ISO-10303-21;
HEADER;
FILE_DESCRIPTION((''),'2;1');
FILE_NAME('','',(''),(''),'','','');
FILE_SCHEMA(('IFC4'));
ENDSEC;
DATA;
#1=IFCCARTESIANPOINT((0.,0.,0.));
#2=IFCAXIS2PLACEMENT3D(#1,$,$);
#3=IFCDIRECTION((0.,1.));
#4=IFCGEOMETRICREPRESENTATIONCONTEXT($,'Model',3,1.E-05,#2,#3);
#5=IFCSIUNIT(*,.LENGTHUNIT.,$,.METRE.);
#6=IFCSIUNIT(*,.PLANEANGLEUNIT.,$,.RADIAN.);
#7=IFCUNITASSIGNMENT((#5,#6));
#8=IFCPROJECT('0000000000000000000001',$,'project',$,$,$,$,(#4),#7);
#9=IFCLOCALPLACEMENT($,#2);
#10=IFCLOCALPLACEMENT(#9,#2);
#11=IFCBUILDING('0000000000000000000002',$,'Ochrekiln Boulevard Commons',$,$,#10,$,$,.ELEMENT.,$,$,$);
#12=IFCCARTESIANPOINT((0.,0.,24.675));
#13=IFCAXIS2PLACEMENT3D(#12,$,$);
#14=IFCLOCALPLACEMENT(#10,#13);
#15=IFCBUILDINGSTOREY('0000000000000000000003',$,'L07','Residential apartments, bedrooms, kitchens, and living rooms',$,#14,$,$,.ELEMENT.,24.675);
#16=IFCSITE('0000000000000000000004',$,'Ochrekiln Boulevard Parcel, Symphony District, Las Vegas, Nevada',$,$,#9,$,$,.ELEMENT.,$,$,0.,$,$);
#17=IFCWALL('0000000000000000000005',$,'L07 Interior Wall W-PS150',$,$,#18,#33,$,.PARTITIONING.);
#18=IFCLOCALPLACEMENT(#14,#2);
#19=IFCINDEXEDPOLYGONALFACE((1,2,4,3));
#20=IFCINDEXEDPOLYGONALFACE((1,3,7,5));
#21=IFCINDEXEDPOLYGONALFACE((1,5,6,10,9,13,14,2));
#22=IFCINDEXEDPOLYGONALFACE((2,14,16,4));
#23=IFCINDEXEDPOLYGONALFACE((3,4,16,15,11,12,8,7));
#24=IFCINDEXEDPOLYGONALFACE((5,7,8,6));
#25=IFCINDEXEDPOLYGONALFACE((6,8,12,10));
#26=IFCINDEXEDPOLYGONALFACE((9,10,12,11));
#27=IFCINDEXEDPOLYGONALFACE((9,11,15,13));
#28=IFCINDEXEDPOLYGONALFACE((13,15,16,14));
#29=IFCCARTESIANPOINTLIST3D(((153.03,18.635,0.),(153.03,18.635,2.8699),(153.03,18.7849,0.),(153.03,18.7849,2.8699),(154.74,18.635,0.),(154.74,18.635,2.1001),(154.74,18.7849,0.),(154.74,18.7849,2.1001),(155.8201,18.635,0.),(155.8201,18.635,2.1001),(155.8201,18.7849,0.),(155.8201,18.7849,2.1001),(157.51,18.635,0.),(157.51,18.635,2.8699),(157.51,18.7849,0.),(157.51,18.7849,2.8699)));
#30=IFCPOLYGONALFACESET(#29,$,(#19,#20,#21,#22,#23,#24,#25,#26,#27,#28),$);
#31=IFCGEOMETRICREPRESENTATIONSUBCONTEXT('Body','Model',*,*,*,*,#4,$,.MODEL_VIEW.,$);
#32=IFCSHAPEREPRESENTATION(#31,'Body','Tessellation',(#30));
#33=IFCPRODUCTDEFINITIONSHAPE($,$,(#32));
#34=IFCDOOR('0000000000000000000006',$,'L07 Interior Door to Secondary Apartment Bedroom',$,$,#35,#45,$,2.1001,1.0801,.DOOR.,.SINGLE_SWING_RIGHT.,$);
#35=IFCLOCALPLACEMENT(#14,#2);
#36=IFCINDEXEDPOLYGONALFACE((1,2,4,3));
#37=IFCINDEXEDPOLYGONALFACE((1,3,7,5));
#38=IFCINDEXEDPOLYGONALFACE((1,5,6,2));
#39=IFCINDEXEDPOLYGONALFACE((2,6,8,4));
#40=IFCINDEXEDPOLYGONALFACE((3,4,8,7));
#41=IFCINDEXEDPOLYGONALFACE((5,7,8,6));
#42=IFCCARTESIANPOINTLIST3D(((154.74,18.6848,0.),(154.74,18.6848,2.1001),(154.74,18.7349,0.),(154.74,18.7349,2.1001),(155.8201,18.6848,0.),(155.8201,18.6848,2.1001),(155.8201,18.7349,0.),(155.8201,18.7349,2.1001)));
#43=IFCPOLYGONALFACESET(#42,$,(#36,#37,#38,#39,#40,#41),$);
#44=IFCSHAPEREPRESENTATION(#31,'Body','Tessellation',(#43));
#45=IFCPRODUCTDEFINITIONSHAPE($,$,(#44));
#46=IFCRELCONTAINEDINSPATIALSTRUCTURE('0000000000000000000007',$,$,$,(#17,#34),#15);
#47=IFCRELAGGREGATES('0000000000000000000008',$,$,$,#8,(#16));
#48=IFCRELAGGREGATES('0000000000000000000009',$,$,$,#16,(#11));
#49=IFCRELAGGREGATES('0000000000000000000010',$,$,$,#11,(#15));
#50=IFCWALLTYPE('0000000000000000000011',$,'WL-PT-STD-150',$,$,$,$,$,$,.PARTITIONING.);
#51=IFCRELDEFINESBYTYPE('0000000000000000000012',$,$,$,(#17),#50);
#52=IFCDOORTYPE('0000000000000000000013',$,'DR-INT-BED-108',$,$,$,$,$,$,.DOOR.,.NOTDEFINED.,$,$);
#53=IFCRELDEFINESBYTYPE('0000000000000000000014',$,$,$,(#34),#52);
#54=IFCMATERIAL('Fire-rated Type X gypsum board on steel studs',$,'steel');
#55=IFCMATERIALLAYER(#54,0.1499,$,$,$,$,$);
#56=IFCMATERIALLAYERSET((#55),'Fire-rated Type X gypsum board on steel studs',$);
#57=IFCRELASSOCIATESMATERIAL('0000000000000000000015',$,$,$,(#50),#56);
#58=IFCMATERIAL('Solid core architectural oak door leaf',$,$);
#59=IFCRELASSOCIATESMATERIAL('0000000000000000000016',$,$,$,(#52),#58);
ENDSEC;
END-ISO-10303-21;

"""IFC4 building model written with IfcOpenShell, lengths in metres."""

from ifc_helpers import new_model, si_unit, direction, frame, frame_2d, origin, place, context, subcontext, project, spatial, rectangle, extrude, material, layer, layer_set, type_object, element, fill, save


model = new_model("IFC4")

# Units and contexts
model_context = context("Model", 3, precision=1e-05, world=origin(), true_north=direction((0.0, 1.0)))
body_context = subcontext(model_context, "Body", "Model", "MODEL_VIEW")
ifc_project = project(units=[si_unit("LENGTHUNIT", "METRE"), si_unit("PLANEANGLEUNIT", "RADIAN")], contexts=[model_context])

# Site, building, storey
site_placement = place(None, origin())
site = spatial("IfcSite", under=ifc_project, at=site_placement, Name="Ochrekiln Boulevard Parcel, Symphony District, Las Vegas, Nevada", CompositionType="ELEMENT", RefElevation=0.0)
building_placement = place(site_placement, origin())
building = spatial("IfcBuilding", under=site, at=building_placement, Name="Ochrekiln Boulevard Commons", CompositionType="ELEMENT")
storey_placement = place(building_placement, frame((0.0, 0.0, 24.675)))
storey = spatial("IfcBuildingStorey", under=building, at=storey_placement, Name="L07", Description="Residential apartments, bedrooms, kitchens, and living rooms", CompositionType="ELEMENT", Elevation=24.675)

# Wall, opening, door
ifc_material_1 = material(Name="Fire-rated Type X gypsum board on steel studs", Category="steel")
ifc_layer_1 = layer(ifc_material_1, 0.1499)
ifc_layer_set_1 = layer_set([ifc_layer_1], Name="Fire-rated Type X gypsum board on steel studs")
wall_type_1 = type_object("IfcWallType", Name="WL-PT-STD-150", PredefinedType="PARTITIONING", material=ifc_layer_set_1)
ifc_material_2 = material(Name="Solid core architectural oak door leaf")
wall_1_placement = place(storey_placement, frame((153.03, 18.71, 0.0), z_axis=(0.0, 0.0, 1.0), x_axis=(1.0, 0.0, 0.0)))
wall_1 = element("IfcWall", 1, at=wall_1_placement, inside=storey, type_object=wall_type_1, Name="L07 Interior Wall W-PS150", PredefinedType="PARTITIONING", context=body_context, shape_type="SweptSolid", body=[
    extrude(rectangle(XDim=4.48, YDim=0.1499, at=frame_2d((2.24, 0.0))), origin(), (0.0, 0.0, 1.0), 2.8699),
])
opening_1_placement = place(wall_1_placement, frame((1.71, 0.0, 0.0)))
opening_1 = element("IfcOpeningElement", 2, at=opening_1_placement, cuts=wall_1, PredefinedType="OPENING", context=body_context, shape_type="SweptSolid", body=[
    extrude(rectangle(XDim=1.0801, YDim=2.1001, at=frame_2d((0.54, 1.05))), frame((0.0, 0.085, 0.0), z_axis=(0.0, -1.0, 0.0), x_axis=(1.0, 0.0, 0.0)), (0.0, 0.0, 1.0), 0.1699),
])
door_type_1 = type_object("IfcDoorType", Name="DR-INT-BED-108", OperationType="NOTDEFINED", PredefinedType="DOOR", material=ifc_material_2)
door_1_placement = place(opening_1_placement, origin())
door_1 = element("IfcDoor", 3, at=door_1_placement, inside=storey, type_object=door_type_1, Name="L07 Interior Door to Secondary Apartment Bedroom", OperationType="SINGLE_SWING_RIGHT", OverallHeight=2.1001, OverallWidth=1.0801, PredefinedType="DOOR", context=body_context, shape_type="SweptSolid", body=[
    extrude(rectangle(XDim=1.0801, YDim=2.1001, at=frame_2d((0.54, 1.05))), frame((0.0, 0.0249, 0.0), z_axis=(0.0, -1.0, 0.0), x_axis=(1.0, 0.0, 0.0)), (0.0, 0.0, 1.0), 0.05),
])
fill(opening_1, door_1)

save(model, "model.ifc")
